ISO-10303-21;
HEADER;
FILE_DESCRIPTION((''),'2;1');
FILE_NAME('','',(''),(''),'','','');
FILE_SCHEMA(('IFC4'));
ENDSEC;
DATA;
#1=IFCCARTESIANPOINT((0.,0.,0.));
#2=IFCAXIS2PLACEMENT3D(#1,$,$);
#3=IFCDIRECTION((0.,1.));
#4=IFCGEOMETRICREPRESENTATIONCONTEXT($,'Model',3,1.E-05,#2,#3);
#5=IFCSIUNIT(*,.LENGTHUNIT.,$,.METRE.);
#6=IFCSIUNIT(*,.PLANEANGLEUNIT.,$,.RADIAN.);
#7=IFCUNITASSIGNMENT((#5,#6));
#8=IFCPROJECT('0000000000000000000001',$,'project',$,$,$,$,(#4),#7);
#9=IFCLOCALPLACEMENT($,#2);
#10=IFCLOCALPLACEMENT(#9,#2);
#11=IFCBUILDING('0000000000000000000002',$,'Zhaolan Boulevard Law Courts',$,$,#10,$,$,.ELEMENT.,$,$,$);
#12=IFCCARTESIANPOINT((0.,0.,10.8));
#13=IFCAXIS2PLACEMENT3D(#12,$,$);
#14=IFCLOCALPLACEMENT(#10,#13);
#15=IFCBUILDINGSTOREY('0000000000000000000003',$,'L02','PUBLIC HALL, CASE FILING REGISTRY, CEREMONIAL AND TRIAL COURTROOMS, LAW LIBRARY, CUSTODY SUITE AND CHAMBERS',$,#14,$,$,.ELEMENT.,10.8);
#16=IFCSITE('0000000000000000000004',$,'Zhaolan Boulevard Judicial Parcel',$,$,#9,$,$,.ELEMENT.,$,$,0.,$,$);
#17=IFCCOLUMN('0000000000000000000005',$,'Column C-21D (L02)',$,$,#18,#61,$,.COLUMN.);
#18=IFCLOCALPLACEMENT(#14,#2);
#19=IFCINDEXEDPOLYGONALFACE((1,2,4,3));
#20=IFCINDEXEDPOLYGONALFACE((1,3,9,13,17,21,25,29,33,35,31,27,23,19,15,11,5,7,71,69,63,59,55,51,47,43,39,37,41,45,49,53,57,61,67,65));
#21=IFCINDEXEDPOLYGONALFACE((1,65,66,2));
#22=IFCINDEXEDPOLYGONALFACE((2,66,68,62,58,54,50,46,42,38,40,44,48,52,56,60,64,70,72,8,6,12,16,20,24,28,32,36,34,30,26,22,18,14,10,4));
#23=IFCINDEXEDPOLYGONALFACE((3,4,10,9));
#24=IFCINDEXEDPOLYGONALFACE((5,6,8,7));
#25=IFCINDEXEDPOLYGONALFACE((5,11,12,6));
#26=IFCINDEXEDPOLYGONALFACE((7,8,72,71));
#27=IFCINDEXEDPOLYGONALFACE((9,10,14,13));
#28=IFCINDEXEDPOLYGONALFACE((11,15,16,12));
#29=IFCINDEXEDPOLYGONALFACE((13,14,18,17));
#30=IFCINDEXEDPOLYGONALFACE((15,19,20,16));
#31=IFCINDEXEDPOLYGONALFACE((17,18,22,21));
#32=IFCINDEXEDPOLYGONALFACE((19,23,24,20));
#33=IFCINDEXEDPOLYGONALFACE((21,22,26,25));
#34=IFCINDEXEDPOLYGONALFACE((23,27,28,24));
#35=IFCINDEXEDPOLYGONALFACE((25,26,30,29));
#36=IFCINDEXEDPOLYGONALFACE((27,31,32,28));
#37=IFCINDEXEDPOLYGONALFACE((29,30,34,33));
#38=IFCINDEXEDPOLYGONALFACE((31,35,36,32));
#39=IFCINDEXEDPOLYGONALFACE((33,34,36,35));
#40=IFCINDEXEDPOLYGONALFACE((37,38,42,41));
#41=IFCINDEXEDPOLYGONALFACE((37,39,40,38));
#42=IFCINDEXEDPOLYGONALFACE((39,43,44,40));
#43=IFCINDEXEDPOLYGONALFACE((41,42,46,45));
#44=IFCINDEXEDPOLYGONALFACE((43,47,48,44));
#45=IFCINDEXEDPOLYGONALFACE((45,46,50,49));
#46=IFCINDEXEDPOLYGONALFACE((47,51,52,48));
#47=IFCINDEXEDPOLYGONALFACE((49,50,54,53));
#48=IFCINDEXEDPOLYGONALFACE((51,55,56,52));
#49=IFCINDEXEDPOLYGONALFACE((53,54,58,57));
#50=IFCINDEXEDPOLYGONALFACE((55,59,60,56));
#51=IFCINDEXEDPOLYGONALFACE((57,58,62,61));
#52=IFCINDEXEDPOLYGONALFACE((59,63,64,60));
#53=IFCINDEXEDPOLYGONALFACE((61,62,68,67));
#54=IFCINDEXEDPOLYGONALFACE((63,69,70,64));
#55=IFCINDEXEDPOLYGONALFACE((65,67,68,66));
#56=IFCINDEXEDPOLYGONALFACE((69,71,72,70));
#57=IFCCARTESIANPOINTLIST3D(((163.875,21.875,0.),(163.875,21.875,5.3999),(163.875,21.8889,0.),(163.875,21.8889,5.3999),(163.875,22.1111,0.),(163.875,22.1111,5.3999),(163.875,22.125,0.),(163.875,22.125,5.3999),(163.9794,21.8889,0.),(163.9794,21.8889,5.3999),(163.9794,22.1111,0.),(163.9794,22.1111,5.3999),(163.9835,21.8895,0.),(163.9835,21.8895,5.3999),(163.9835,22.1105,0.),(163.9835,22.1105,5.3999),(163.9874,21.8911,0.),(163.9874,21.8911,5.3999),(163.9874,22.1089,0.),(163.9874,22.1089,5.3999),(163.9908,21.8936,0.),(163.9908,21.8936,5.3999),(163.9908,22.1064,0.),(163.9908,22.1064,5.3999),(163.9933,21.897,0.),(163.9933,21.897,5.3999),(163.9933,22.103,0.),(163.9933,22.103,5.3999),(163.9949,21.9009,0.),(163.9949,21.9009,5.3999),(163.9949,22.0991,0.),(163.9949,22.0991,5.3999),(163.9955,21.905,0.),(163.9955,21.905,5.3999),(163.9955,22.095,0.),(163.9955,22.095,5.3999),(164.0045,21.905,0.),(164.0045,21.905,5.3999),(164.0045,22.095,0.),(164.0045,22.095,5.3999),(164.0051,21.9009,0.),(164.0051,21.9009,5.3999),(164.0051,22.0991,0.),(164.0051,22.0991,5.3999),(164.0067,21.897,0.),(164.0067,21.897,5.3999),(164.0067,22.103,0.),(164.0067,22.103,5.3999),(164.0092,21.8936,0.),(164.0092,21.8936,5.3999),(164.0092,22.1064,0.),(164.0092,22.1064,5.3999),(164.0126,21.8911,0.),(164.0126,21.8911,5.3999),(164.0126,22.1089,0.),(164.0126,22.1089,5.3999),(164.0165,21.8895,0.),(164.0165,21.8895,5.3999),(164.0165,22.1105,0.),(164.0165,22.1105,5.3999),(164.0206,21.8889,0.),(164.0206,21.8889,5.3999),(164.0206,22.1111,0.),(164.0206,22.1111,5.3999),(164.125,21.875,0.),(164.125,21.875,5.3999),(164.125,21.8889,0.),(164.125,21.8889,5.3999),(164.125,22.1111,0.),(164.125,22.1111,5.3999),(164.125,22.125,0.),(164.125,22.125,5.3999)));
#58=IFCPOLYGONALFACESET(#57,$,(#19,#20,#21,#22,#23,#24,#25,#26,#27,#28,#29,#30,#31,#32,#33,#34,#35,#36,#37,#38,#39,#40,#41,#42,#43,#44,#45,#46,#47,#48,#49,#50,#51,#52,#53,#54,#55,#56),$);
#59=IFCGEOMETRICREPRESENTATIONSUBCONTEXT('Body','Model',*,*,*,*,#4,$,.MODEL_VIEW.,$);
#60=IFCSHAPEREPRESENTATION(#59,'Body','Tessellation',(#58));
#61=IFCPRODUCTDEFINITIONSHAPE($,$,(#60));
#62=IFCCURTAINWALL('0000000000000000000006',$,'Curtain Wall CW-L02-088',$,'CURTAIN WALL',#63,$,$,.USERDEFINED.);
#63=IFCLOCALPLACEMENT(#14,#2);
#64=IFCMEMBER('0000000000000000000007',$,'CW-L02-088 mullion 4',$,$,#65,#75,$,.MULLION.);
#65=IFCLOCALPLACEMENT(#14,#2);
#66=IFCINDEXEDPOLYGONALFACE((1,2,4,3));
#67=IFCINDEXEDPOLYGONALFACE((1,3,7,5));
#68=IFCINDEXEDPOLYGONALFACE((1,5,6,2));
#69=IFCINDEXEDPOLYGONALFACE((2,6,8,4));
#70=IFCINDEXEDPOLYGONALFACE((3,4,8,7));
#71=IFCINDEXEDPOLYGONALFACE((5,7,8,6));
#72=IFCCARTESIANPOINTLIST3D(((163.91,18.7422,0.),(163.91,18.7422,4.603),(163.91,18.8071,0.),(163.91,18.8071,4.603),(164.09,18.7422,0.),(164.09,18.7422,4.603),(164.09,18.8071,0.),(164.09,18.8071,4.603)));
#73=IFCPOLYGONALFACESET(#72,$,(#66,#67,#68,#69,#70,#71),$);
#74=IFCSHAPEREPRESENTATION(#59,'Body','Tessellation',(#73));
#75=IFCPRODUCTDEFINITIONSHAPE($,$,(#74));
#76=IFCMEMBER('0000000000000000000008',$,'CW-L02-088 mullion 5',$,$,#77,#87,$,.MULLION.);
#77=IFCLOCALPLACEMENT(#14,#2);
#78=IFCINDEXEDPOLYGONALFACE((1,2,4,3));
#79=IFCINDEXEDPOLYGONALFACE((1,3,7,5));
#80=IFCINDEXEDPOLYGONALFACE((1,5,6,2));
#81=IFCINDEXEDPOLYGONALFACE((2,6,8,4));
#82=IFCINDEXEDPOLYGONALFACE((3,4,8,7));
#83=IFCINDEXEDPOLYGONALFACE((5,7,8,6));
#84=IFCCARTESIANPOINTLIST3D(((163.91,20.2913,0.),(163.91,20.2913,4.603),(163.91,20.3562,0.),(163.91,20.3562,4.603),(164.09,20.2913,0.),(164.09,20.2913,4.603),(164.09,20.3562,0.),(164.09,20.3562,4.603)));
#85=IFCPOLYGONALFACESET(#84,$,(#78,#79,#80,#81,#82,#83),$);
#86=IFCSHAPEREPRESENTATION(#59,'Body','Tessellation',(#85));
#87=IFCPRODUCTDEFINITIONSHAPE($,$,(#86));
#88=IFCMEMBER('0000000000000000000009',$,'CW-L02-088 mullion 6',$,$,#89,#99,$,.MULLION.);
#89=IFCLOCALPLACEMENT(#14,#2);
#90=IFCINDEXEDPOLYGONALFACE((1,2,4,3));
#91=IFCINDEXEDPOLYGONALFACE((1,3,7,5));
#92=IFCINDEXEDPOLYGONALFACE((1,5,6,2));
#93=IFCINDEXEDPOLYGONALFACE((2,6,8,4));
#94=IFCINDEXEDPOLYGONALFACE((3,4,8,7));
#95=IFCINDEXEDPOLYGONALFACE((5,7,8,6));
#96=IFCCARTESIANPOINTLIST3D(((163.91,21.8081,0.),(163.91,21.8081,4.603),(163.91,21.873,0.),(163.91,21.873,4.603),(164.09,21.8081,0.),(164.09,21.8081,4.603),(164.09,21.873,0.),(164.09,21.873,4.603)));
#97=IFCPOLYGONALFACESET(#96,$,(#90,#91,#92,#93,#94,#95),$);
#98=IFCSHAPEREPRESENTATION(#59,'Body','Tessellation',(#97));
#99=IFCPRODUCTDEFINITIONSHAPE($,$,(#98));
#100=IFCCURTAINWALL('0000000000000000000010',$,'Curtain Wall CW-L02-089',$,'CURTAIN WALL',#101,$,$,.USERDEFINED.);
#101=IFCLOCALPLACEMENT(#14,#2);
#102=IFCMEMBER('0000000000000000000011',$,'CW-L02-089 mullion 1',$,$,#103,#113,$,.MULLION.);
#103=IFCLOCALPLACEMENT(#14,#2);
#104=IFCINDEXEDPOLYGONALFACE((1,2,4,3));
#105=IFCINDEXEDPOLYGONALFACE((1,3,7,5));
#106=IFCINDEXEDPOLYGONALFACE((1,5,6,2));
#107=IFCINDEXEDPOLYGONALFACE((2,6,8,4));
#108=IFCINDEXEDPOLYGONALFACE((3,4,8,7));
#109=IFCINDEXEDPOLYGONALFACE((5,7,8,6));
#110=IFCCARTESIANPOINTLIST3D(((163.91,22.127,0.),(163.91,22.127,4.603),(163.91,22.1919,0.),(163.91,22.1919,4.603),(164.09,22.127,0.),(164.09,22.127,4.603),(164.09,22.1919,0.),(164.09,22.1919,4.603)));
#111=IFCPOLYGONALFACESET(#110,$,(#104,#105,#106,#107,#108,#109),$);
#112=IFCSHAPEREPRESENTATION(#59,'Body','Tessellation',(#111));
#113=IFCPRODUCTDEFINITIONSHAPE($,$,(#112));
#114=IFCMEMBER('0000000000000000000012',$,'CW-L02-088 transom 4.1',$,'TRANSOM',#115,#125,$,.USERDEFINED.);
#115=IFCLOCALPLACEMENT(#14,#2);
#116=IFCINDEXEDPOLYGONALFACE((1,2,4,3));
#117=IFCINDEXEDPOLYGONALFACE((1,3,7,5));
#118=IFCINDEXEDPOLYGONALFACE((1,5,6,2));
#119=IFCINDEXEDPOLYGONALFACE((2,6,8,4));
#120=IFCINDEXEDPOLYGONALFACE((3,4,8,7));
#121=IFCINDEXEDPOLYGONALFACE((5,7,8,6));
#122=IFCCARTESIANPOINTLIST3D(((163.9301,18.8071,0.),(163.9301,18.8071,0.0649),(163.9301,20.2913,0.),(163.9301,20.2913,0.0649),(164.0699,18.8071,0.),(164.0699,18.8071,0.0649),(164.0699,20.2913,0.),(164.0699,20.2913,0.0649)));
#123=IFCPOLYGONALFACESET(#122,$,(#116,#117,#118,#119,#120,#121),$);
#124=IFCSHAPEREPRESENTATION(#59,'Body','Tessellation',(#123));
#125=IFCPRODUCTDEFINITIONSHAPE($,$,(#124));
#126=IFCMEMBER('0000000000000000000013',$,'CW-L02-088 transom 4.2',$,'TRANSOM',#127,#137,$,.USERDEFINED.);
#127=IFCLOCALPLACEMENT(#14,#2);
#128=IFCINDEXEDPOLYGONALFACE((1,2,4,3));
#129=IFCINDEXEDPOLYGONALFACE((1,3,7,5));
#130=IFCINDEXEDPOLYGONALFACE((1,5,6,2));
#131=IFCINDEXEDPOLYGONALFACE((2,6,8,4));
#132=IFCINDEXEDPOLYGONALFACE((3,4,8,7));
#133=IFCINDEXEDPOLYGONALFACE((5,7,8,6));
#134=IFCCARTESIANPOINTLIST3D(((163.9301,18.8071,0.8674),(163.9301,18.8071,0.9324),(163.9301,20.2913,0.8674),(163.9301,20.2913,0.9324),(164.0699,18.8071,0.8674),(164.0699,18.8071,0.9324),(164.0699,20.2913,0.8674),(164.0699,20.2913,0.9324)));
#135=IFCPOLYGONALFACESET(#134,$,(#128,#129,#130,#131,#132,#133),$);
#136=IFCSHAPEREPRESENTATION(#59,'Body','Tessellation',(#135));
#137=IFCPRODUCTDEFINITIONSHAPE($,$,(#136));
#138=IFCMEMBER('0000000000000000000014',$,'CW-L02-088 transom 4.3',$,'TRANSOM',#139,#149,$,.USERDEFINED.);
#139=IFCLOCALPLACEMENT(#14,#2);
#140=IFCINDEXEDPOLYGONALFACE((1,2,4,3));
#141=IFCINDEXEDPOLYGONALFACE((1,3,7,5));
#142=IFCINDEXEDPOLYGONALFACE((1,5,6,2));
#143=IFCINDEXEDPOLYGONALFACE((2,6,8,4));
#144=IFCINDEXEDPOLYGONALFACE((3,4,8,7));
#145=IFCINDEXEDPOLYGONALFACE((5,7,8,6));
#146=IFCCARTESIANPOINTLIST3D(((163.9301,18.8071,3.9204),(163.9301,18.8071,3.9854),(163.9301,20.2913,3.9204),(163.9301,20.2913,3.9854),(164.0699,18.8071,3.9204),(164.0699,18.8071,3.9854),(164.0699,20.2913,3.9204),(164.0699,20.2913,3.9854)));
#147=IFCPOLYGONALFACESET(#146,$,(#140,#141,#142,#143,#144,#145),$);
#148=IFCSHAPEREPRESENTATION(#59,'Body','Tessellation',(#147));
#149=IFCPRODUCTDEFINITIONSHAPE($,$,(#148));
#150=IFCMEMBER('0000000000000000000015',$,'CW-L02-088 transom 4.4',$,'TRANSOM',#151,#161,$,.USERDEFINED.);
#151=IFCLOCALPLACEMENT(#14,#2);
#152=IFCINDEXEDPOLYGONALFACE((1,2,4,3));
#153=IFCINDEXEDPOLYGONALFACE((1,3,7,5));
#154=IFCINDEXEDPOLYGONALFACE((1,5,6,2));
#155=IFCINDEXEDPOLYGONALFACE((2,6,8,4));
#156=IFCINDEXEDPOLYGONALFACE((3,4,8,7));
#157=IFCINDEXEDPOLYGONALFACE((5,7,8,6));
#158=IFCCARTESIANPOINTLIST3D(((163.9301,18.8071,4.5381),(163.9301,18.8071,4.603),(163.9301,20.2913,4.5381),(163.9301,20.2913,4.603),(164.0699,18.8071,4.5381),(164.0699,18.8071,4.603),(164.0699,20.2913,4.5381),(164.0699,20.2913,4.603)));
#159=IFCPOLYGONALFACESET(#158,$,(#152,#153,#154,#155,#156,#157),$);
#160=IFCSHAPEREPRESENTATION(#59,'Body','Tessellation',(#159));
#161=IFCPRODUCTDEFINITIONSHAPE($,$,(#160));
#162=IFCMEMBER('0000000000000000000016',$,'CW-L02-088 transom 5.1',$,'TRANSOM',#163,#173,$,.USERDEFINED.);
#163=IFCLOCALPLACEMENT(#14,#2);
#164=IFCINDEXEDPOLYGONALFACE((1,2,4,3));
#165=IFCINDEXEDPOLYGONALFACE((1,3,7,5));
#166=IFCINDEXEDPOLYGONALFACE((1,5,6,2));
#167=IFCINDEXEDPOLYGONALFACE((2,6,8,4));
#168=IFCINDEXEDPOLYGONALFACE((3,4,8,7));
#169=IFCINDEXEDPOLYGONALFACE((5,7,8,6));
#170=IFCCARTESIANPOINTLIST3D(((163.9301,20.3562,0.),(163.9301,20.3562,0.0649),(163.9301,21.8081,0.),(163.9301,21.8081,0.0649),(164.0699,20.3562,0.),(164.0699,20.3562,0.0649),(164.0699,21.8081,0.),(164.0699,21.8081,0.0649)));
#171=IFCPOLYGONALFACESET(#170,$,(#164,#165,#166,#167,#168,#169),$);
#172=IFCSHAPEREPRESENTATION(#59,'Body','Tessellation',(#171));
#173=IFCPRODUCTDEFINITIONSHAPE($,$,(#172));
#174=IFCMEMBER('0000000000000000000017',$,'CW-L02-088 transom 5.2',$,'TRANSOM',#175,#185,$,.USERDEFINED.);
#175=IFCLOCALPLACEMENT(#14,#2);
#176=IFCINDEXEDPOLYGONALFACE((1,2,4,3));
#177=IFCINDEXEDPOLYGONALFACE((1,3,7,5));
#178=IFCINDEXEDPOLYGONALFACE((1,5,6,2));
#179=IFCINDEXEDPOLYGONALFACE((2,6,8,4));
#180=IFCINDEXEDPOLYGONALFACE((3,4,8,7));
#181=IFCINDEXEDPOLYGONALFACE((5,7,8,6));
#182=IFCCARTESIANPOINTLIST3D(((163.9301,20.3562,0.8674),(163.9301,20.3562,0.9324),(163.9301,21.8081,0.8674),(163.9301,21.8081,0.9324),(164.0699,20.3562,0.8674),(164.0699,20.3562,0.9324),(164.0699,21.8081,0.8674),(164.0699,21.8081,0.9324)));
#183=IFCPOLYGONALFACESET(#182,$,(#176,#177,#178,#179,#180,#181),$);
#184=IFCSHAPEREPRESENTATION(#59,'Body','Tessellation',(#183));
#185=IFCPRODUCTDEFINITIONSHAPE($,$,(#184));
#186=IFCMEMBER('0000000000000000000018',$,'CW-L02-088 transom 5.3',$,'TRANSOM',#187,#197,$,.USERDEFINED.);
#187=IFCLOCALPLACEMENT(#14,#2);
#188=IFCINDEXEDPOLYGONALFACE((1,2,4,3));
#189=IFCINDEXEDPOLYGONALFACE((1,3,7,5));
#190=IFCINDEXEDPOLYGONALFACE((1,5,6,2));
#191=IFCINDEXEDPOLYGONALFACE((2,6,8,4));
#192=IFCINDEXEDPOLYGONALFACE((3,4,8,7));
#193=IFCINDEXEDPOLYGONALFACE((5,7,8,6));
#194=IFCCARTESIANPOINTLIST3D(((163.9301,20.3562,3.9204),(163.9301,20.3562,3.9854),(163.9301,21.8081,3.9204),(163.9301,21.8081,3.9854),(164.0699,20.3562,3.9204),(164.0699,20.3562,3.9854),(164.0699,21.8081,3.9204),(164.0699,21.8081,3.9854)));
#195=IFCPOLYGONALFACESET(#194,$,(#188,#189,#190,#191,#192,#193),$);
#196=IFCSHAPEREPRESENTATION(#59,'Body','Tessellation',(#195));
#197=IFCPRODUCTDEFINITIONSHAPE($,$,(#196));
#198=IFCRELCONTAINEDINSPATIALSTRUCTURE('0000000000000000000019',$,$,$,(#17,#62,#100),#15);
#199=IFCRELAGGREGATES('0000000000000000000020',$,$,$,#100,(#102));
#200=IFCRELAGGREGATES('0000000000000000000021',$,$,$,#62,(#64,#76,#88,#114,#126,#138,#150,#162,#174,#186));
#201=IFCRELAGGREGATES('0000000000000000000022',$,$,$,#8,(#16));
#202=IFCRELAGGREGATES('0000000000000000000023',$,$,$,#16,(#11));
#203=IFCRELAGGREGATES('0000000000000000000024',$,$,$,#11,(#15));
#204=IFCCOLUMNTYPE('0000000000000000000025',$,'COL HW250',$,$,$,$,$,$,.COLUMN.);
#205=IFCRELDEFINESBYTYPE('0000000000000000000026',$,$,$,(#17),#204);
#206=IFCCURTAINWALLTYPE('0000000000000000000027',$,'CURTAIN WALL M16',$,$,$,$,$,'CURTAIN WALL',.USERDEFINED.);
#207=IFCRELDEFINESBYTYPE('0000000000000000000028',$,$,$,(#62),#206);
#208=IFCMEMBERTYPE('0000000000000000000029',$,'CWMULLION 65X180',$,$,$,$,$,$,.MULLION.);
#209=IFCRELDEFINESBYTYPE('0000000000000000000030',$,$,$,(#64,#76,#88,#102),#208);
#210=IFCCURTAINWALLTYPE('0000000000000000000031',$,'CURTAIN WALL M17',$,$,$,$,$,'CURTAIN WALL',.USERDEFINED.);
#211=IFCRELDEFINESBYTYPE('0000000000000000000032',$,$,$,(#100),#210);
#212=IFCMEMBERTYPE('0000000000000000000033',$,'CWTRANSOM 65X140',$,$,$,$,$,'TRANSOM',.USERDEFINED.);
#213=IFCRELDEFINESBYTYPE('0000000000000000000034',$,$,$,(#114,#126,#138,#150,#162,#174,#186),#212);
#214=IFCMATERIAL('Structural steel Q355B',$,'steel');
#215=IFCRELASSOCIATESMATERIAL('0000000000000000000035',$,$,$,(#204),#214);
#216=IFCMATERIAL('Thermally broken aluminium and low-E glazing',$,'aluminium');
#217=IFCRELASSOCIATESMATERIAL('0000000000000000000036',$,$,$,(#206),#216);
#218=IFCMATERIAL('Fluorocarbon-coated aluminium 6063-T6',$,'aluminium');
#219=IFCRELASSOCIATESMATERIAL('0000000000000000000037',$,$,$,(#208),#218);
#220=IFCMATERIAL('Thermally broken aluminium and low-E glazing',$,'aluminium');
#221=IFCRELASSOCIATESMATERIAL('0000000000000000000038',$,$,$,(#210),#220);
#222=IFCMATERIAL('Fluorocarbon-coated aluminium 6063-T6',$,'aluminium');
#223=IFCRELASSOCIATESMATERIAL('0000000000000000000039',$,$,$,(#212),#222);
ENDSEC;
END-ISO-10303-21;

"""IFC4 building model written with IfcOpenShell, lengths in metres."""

from ifc_helpers import new_model, si_unit, direction, frame, origin, origin_2d, place, context, subcontext, project, spatial, rectangle, i_section, extrude, material, material_profile, profile_set, type_object, element, aggregate, save


model = new_model("IFC4")

# Units and contexts
model_context = context("Model", 3, precision=1e-05, world=origin(), true_north=direction((0.0, 1.0)))
body_context = subcontext(model_context, "Body", "Model", "MODEL_VIEW")
ifc_project = project(units=[si_unit("LENGTHUNIT", "METRE"), si_unit("PLANEANGLEUNIT", "RADIAN")], contexts=[model_context])

# Site, building, storey
site_placement = place(None, origin())
site = spatial("IfcSite", under=ifc_project, at=site_placement, Name="Zhaolan Boulevard Judicial Parcel", CompositionType="ELEMENT", RefElevation=0.0)
building_placement = place(site_placement, origin())
building = spatial("IfcBuilding", under=site, at=building_placement, Name="Zhaolan Boulevard Law Courts", CompositionType="ELEMENT")
storey_placement = place(building_placement, frame((0.0, 0.0, 10.8)))
storey = spatial("IfcBuildingStorey", under=building, at=storey_placement, Name="L02", Description="PUBLIC HALL, CASE FILING REGISTRY, CEREMONIAL AND TRIAL COURTROOMS, LAW LIBRARY, CUSTODY SUITE AND CHAMBERS", CompositionType="ELEMENT", Elevation=10.8)

# Column
ifc_material_1 = material(Name="Structural steel Q355B", Category="steel")
ifc_material_profile_1 = material_profile(ifc_material_1, i_section(OverallWidth=0.25, OverallDepth=0.25, WebThickness=0.009, FlangeThickness=0.0139, FilletRadius=0.0161, at=origin_2d()), Name="HW250x250")
ifc_profile_set_1 = profile_set([ifc_material_profile_1], Name="Structural steel Q355B")
column_type = type_object("IfcColumnType", Name="COL HW250", PredefinedType="COLUMN", material=ifc_profile_set_1)
column_placement = place(storey_placement, frame((164.0, 22.0, 0.0), z_axis=(0.0, 0.0, 1.0), x_axis=(1.0, 0.0, 0.0)))
element("IfcColumn", 1, at=column_placement, inside=storey, type_object=column_type, Name="Column C-21D (L02)", PredefinedType="COLUMN", context=body_context, shape_type="SweptSolid", body=[
    extrude(i_section(OverallWidth=0.25, OverallDepth=0.25, WebThickness=0.009, FlangeThickness=0.0139, FilletRadius=0.0161, at=origin_2d()), origin(), (0.0, 0.0, 1.0), 5.3999),
])

# Curtain wall, members
ifc_material_2 = material(Name="Thermally broken aluminium and low-E glazing", Category="aluminium")
curtain_wall_type_1 = type_object("IfcCurtainWallType", Name="CURTAIN WALL M16", ElementType="CURTAIN WALL", PredefinedType="USERDEFINED", material=ifc_material_2)
curtain_wall_1_placement = place(storey_placement, origin())
curtain_wall_1 = element("IfcCurtainWall", 2, at=curtain_wall_1_placement, inside=storey, type_object=curtain_wall_type_1, Name="Curtain Wall CW-L02-088", ObjectType="CURTAIN WALL", PredefinedType="USERDEFINED")
ifc_material_3 = material(Name="Fluorocarbon-coated aluminium 6063-T6", Category="aluminium")
ifc_material_profile_2 = material_profile(ifc_material_3, rectangle(XDim=0.1799, YDim=0.0649, at=origin_2d()), Name="AL65x180")
ifc_profile_set_2 = profile_set([ifc_material_profile_2], Name="Fluorocarbon-coated aluminium 6063-T6")
member_type_1 = type_object("IfcMemberType", Name="CWMULLION 65X180", PredefinedType="MULLION", material=ifc_profile_set_2)
member_1_placement = place(storey_placement, frame((164.0, 18.7747, 0.0), z_axis=(0.0, 0.0, 1.0), x_axis=(-1.0, 0.0, 0.0)))
member_1 = element("IfcMember", 3, at=member_1_placement, type_object=member_type_1, Name="CW-L02-088 mullion 4", PredefinedType="MULLION", context=body_context, shape_type="SweptSolid", body=[
    extrude(rectangle(XDim=0.1799, YDim=0.0649, at=origin_2d()), origin(), (0.0, 0.0, 1.0), 4.603),
])
member_2_placement = place(storey_placement, frame((164.0, 20.3237, 0.0), z_axis=(0.0, 0.0, 1.0), x_axis=(-1.0, 0.0, 0.0)))
member_2 = element("IfcMember", 4, at=member_2_placement, type_object=member_type_1, Name="CW-L02-088 mullion 5", PredefinedType="MULLION", context=body_context, shape_type="SweptSolid", body=[
    extrude(rectangle(XDim=0.1799, YDim=0.0649, at=origin_2d()), origin(), (0.0, 0.0, 1.0), 4.603),
])
member_3_placement = place(storey_placement, frame((164.0, 21.8406, 0.0), z_axis=(0.0, 0.0, 1.0), x_axis=(-1.0, 0.0, 0.0)))
member_3 = element("IfcMember", 5, at=member_3_placement, type_object=member_type_1, Name="CW-L02-088 mullion 6", PredefinedType="MULLION", context=body_context, shape_type="SweptSolid", body=[
    extrude(rectangle(XDim=0.1799, YDim=0.0649, at=origin_2d()), origin(), (0.0, 0.0, 1.0), 4.603),
])

# Curtain wall, member
ifc_material_4 = material(Name="Thermally broken aluminium and low-E glazing", Category="aluminium")
curtain_wall_type_2 = type_object("IfcCurtainWallType", Name="CURTAIN WALL M17", ElementType="CURTAIN WALL", PredefinedType="USERDEFINED", material=ifc_material_4)
curtain_wall_2_placement = place(storey_placement, origin())
curtain_wall_2 = element("IfcCurtainWall", 6, at=curtain_wall_2_placement, inside=storey, type_object=curtain_wall_type_2, Name="Curtain Wall CW-L02-089", ObjectType="CURTAIN WALL", PredefinedType="USERDEFINED")
member_4_placement = place(storey_placement, frame((164.0, 22.1594, 0.0), z_axis=(0.0, 0.0, 1.0), x_axis=(-1.0, 0.0, 0.0)))
member_4 = element("IfcMember", 7, at=member_4_placement, type_object=member_type_1, Name="CW-L02-089 mullion 1", PredefinedType="MULLION", context=body_context, shape_type="SweptSolid", body=[
    extrude(rectangle(XDim=0.1799, YDim=0.0649, at=origin_2d()), origin(), (0.0, 0.0, 1.0), 4.603),
])

# Members
ifc_material_5 = material(Name="Fluorocarbon-coated aluminium 6063-T6", Category="aluminium")
ifc_material_profile_3 = material_profile(ifc_material_5, rectangle(XDim=0.1399, YDim=0.0649, at=origin_2d()), Name="AL65x140")
ifc_profile_set_3 = profile_set([ifc_material_profile_3], Name="Fluorocarbon-coated aluminium 6063-T6")
member_type_2 = type_object("IfcMemberType", Name="CWTRANSOM 65X140", ElementType="TRANSOM", PredefinedType="USERDEFINED", material=ifc_profile_set_3)
member_5_placement = place(storey_placement, frame((164.0, 18.8071, 0.0325), z_axis=(0.0, 1.0, 0.0), x_axis=(-1.0, 0.0, 0.0)))
member_5 = element("IfcMember", 8, at=member_5_placement, type_object=member_type_2, Name="CW-L02-088 transom 4.1", ObjectType="TRANSOM", PredefinedType="USERDEFINED", context=body_context, shape_type="SweptSolid", body=[
    extrude(rectangle(XDim=0.1399, YDim=0.0649, at=origin_2d()), origin(), (0.0, 0.0, 1.0), 1.4841),
])
member_6_placement = place(storey_placement, frame((164.0, 18.8071, 0.8999), z_axis=(0.0, 1.0, 0.0), x_axis=(-1.0, 0.0, 0.0)))
member_6 = element("IfcMember", 9, at=member_6_placement, type_object=member_type_2, Name="CW-L02-088 transom 4.2", ObjectType="TRANSOM", PredefinedType="USERDEFINED", context=body_context, shape_type="SweptSolid", body=[
    extrude(rectangle(XDim=0.1399, YDim=0.0649, at=origin_2d()), origin(), (0.0, 0.0, 1.0), 1.4841),
])
member_7_placement = place(storey_placement, frame((164.0, 18.8071, 3.9529), z_axis=(0.0, 1.0, 0.0), x_axis=(-1.0, 0.0, 0.0)))
member_7 = element("IfcMember", 10, at=member_7_placement, type_object=member_type_2, Name="CW-L02-088 transom 4.3", ObjectType="TRANSOM", PredefinedType="USERDEFINED", context=body_context, shape_type="SweptSolid", body=[
    extrude(rectangle(XDim=0.1399, YDim=0.0649, at=origin_2d()), origin(), (0.0, 0.0, 1.0), 1.4841),
])
member_8_placement = place(storey_placement, frame((164.0, 18.8071, 4.5706), z_axis=(0.0, 1.0, 0.0), x_axis=(-1.0, 0.0, 0.0)))
member_8 = element("IfcMember", 11, at=member_8_placement, type_object=member_type_2, Name="CW-L02-088 transom 4.4", ObjectType="TRANSOM", PredefinedType="USERDEFINED", context=body_context, shape_type="SweptSolid", body=[
    extrude(rectangle(XDim=0.1399, YDim=0.0649, at=origin_2d()), origin(), (0.0, 0.0, 1.0), 1.4841),
])
member_9_placement = place(storey_placement, frame((164.0, 20.3562, 0.0325), z_axis=(0.0, 1.0, 0.0), x_axis=(-1.0, 0.0, 0.0)))
member_9 = element("IfcMember", 12, at=member_9_placement, type_object=member_type_2, Name="CW-L02-088 transom 5.1", ObjectType="TRANSOM", PredefinedType="USERDEFINED", context=body_context, shape_type="SweptSolid", body=[
    extrude(rectangle(XDim=0.1399, YDim=0.0649, at=origin_2d()), origin(), (0.0, 0.0, 1.0), 1.4519),
])
member_10_placement = place(storey_placement, frame((164.0, 20.3562, 0.8999), z_axis=(0.0, 1.0, 0.0), x_axis=(-1.0, 0.0, 0.0)))
member_10 = element("IfcMember", 13, at=member_10_placement, type_object=member_type_2, Name="CW-L02-088 transom 5.2", ObjectType="TRANSOM", PredefinedType="USERDEFINED", context=body_context, shape_type="SweptSolid", body=[
    extrude(rectangle(XDim=0.1399, YDim=0.0649, at=origin_2d()), origin(), (0.0, 0.0, 1.0), 1.4519),
])
member_11_placement = place(storey_placement, frame((164.0, 20.3562, 3.9529), z_axis=(0.0, 1.0, 0.0), x_axis=(-1.0, 0.0, 0.0)))
member_11 = element("IfcMember", 14, at=member_11_placement, type_object=member_type_2, Name="CW-L02-088 transom 5.3", ObjectType="TRANSOM", PredefinedType="USERDEFINED", context=body_context, shape_type="SweptSolid", body=[
    extrude(rectangle(XDim=0.1399, YDim=0.0649, at=origin_2d()), origin(), (0.0, 0.0, 1.0), 1.4519),
])
aggregate(curtain_wall_2, [member_4])

aggregate(curtain_wall_1, [member_1, member_2, member_3, member_5, member_6, member_7, member_8, member_9, member_10, member_11])

save(model, "model.ifc")
